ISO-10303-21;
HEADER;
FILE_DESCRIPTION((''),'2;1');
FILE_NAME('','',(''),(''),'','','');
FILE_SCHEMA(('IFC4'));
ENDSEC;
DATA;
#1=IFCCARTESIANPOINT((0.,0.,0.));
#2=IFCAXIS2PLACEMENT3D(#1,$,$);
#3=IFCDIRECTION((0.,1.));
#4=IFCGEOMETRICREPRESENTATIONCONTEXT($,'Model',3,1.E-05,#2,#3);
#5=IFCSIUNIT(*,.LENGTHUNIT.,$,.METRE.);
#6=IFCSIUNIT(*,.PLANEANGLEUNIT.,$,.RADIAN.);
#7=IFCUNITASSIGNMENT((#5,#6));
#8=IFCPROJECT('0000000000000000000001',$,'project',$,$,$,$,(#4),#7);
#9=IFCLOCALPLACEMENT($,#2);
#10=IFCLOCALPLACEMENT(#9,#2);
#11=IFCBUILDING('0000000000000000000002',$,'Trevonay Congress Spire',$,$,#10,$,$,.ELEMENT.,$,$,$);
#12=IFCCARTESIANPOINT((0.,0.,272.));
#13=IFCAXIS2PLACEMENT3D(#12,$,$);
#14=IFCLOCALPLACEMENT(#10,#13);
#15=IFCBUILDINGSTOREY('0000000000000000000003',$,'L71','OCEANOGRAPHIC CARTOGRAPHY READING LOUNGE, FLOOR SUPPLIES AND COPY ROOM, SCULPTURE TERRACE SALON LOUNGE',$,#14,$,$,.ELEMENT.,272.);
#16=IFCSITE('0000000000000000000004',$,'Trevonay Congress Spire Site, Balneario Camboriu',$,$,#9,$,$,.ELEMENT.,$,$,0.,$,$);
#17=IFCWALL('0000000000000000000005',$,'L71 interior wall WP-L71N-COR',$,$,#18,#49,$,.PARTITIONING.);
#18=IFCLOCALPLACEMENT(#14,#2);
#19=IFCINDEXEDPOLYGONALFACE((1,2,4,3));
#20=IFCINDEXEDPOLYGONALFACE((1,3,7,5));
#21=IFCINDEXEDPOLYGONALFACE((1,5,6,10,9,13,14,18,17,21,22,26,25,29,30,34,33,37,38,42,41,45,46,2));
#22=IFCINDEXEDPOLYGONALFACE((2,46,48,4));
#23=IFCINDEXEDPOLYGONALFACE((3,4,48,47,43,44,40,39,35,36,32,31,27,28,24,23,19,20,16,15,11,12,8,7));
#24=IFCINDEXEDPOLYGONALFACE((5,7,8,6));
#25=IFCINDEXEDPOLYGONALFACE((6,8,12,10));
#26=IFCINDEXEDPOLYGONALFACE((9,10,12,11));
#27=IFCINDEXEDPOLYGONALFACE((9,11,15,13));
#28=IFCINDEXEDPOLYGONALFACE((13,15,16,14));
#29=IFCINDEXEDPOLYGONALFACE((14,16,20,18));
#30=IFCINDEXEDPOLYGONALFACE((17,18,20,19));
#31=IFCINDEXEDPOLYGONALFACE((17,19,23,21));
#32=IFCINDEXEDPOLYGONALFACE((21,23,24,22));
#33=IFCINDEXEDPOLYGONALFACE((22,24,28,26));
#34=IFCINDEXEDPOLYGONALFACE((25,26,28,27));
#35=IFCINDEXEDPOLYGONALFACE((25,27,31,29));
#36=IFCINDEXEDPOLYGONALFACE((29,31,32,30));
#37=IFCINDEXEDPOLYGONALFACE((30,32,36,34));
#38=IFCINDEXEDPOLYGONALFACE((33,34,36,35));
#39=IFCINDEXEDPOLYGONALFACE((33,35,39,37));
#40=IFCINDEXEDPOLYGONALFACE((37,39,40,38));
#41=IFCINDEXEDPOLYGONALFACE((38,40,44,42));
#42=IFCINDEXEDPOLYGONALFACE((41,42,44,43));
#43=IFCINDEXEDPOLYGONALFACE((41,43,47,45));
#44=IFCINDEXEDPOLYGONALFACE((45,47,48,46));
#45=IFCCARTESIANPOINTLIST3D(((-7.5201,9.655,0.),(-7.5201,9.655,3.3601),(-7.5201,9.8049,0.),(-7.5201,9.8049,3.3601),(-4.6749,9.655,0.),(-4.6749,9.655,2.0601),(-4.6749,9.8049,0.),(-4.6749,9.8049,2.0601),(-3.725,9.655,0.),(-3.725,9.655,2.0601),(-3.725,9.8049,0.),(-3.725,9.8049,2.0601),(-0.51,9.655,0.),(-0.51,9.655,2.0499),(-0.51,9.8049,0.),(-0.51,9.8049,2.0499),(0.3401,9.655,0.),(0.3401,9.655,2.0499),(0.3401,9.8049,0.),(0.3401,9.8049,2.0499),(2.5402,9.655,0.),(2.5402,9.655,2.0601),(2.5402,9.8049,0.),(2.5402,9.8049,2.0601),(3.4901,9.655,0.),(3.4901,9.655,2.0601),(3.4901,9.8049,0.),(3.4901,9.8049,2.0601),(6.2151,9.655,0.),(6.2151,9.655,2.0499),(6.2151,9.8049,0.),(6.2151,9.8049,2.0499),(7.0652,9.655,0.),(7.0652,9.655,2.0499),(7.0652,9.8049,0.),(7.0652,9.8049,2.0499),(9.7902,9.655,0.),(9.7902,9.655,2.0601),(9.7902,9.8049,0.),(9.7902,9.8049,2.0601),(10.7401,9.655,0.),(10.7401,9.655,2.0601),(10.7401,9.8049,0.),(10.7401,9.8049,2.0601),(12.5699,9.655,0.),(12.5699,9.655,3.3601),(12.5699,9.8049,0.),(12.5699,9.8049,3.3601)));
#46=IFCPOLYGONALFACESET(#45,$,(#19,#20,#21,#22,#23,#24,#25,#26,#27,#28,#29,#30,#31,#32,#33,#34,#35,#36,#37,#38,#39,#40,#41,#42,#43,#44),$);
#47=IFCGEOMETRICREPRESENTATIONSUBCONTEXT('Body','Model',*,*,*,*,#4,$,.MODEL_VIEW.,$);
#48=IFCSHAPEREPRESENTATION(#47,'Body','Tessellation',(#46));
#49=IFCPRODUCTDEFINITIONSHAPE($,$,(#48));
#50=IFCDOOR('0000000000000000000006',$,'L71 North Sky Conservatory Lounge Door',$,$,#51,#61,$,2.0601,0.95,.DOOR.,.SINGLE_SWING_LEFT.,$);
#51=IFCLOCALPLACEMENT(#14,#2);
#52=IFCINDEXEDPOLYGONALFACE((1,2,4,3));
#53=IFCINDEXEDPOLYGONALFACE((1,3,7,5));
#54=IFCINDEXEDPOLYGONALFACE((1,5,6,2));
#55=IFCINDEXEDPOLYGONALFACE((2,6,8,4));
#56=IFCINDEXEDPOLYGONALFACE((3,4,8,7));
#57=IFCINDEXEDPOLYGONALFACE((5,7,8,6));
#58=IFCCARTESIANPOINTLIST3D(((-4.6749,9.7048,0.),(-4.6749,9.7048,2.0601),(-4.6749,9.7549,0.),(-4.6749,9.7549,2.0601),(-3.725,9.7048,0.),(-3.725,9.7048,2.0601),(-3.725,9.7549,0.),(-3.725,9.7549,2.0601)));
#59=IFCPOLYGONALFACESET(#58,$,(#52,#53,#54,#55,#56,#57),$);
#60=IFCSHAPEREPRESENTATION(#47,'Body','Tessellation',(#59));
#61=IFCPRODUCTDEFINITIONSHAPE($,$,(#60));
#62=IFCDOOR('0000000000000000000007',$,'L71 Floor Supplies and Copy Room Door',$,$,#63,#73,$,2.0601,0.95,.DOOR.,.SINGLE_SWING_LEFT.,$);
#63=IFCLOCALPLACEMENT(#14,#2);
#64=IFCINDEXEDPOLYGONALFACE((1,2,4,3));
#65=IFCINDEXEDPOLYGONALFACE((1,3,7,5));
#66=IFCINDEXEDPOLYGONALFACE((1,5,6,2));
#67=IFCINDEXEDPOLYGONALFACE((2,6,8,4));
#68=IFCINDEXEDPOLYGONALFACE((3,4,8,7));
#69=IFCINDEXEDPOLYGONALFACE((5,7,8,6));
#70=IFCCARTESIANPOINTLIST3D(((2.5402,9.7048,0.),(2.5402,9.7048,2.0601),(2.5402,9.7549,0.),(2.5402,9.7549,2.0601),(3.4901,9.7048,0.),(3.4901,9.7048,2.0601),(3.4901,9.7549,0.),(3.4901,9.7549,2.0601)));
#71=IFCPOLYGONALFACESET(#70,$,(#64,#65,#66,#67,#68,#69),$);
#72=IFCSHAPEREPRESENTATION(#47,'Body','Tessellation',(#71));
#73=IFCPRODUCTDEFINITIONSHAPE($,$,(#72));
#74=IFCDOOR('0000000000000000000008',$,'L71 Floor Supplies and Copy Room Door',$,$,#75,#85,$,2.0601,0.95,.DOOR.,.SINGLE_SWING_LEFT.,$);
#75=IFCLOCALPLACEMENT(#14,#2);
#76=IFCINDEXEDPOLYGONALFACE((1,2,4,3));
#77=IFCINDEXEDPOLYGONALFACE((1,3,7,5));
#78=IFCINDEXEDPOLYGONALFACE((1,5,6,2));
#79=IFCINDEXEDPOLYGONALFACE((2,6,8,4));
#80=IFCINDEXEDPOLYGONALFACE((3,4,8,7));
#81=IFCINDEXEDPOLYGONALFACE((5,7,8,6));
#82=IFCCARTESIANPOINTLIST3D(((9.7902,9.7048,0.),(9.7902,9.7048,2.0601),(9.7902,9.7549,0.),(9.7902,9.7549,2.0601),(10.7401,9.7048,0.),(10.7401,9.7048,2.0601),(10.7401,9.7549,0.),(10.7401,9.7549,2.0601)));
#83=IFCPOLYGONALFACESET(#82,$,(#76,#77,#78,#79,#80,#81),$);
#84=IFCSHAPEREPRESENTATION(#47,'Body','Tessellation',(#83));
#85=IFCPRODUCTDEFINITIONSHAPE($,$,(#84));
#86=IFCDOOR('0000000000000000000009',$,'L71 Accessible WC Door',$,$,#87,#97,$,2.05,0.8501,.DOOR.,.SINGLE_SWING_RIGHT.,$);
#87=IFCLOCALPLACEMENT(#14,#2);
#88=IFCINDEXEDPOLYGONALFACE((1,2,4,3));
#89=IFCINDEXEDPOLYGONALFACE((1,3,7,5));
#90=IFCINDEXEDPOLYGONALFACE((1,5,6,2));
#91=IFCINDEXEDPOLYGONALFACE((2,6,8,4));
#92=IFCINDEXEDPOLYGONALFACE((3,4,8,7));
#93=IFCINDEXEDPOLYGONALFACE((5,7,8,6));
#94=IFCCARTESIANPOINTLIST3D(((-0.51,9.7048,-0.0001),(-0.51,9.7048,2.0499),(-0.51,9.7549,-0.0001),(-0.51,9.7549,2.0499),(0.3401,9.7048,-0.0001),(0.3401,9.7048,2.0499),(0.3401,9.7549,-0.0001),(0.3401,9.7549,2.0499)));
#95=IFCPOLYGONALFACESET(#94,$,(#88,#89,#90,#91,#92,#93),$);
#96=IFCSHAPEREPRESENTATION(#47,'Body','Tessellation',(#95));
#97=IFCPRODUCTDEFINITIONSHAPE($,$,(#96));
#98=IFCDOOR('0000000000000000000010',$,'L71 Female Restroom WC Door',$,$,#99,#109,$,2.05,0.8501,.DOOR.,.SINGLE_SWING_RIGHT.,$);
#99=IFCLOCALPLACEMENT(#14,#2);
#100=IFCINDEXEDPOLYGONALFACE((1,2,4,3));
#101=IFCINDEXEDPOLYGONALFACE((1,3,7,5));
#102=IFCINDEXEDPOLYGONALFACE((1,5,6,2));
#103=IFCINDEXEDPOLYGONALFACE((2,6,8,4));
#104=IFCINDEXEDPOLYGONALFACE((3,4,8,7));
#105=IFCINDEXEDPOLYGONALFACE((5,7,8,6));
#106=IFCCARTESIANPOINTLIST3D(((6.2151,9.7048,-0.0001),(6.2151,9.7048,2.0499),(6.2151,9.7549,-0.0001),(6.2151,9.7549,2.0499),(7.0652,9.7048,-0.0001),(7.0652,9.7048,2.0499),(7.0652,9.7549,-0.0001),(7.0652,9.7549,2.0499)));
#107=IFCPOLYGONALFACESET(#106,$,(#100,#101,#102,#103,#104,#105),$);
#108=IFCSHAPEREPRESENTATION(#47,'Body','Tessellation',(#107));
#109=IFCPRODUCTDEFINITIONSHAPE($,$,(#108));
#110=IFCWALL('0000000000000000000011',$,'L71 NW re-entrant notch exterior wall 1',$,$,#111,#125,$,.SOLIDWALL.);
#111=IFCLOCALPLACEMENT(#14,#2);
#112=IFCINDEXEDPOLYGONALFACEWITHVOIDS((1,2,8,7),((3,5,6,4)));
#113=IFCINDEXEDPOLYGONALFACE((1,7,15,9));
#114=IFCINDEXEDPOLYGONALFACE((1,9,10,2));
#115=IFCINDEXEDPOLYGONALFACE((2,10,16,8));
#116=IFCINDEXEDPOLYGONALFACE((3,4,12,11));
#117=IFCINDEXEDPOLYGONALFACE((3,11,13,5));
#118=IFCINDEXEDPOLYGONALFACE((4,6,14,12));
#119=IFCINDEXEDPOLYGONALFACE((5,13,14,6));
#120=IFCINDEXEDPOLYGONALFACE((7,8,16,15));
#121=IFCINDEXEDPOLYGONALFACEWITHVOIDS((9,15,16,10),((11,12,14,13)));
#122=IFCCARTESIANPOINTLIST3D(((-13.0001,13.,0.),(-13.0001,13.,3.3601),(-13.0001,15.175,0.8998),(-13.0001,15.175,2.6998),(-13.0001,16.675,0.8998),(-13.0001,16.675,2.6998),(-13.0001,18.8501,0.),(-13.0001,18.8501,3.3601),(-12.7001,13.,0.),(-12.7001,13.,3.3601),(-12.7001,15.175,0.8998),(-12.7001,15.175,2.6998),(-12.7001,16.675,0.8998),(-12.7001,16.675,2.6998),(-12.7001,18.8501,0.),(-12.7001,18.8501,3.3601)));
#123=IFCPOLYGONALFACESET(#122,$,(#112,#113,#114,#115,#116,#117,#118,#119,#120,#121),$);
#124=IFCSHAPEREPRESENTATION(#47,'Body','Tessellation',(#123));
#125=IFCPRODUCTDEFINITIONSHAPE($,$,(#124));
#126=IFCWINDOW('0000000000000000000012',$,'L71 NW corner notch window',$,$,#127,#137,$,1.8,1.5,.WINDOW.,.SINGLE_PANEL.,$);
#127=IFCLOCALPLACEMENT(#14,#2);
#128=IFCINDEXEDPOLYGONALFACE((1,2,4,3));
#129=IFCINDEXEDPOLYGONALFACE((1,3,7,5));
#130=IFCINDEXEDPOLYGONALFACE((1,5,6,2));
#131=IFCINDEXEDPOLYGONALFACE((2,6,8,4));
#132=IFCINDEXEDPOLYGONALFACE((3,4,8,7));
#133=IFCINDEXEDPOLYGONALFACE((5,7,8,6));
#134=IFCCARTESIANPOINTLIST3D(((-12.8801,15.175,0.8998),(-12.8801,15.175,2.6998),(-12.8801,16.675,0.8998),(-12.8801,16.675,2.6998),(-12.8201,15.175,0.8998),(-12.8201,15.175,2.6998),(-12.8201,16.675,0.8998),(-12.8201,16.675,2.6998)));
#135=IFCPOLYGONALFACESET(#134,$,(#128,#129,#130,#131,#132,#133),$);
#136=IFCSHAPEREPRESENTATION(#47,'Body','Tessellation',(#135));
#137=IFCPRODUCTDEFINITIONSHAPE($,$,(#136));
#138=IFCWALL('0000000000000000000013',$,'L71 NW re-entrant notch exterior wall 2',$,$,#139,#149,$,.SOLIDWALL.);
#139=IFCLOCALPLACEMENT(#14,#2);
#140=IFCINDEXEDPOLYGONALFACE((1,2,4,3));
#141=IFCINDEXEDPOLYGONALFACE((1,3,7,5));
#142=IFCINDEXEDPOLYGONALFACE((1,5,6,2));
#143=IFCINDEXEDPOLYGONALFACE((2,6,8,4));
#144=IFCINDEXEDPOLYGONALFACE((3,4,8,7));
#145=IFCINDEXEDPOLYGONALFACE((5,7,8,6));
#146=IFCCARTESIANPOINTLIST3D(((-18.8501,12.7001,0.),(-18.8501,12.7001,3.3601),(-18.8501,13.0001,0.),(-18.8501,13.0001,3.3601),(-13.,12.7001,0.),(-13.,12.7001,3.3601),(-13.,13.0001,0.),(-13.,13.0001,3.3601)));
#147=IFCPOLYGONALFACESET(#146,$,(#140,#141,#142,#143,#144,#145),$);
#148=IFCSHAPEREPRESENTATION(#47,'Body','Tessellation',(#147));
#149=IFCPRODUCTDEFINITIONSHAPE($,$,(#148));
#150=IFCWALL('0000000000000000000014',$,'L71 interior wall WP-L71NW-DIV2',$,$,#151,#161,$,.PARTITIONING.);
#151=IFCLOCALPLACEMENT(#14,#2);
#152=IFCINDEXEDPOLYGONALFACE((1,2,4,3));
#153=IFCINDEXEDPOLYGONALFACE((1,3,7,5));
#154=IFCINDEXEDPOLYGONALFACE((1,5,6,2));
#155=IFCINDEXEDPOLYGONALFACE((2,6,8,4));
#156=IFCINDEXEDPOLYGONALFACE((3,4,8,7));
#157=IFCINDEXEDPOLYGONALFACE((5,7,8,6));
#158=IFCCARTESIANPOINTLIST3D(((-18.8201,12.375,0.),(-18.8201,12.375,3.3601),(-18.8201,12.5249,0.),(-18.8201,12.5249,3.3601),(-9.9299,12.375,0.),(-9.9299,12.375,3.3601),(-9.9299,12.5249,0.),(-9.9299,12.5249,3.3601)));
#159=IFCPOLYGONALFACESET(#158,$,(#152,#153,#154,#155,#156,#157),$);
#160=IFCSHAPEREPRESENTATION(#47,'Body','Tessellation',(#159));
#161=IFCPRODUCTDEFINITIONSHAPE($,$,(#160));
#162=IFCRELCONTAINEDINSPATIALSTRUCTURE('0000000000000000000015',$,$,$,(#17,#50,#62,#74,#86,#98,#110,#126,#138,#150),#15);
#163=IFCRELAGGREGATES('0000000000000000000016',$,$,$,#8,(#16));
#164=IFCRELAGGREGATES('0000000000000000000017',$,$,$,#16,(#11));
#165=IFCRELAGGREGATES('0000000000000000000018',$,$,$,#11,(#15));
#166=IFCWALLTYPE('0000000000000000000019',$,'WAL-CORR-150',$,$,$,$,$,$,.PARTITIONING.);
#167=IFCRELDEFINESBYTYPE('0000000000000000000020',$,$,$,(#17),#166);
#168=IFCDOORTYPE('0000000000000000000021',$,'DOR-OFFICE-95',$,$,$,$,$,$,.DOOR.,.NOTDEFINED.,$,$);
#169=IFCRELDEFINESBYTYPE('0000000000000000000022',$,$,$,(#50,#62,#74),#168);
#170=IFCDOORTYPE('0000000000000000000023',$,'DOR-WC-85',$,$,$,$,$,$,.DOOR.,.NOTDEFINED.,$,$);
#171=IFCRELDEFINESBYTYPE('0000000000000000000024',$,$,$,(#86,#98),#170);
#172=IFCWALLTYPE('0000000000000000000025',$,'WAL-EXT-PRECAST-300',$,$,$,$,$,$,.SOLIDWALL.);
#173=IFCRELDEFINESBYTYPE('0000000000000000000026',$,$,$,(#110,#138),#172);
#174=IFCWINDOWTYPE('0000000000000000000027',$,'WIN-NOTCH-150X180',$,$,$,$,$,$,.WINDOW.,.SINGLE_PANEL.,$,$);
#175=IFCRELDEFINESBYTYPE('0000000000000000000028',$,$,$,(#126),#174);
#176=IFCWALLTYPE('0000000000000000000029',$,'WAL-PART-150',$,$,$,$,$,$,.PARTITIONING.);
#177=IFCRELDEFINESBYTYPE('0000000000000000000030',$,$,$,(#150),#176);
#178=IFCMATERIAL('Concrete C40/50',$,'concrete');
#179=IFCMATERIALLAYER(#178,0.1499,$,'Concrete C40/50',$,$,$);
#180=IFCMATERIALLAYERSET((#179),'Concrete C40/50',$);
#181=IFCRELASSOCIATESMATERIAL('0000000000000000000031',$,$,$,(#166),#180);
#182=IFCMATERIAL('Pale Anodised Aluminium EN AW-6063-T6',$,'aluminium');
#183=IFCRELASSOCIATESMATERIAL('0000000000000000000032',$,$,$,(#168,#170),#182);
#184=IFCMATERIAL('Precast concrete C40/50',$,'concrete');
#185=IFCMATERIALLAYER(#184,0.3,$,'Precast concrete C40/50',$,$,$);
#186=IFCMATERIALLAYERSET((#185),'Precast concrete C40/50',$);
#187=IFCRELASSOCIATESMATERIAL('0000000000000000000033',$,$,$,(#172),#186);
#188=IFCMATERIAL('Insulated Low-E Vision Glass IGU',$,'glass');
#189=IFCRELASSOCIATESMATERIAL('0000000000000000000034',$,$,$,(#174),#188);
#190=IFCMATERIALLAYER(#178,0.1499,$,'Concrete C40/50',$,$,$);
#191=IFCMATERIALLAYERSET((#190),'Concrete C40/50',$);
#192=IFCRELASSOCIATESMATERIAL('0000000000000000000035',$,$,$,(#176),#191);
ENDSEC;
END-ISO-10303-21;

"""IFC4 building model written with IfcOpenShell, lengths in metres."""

from ifc_helpers import new_model, si_unit, direction, frame, frame_2d, origin, place, context, subcontext, project, spatial, rectangle, extrude, material, layer, layer_set, type_object, element, fill, save


model = new_model("IFC4")

# Units and contexts
model_context = context("Model", 3, precision=1e-05, world=origin(), true_north=direction((0.0, 1.0)))
body_context = subcontext(model_context, "Body", "Model", "MODEL_VIEW")
ifc_project = project(units=[si_unit("LENGTHUNIT", "METRE"), si_unit("PLANEANGLEUNIT", "RADIAN")], contexts=[model_context])

# Site, building, storey
site_placement = place(None, origin())
site = spatial("IfcSite", under=ifc_project, at=site_placement, Name="Trevonay Congress Spire Site, Balneario Camboriu", CompositionType="ELEMENT", RefElevation=0.0)
building_placement = place(site_placement, origin())
building = spatial("IfcBuilding", under=site, at=building_placement, Name="Trevonay Congress Spire", CompositionType="ELEMENT")
storey_placement = place(building_placement, frame((0.0, 0.0, 272.0)))
storey = spatial("IfcBuildingStorey", under=building, at=storey_placement, Name="L71", Description="OCEANOGRAPHIC CARTOGRAPHY READING LOUNGE, FLOOR SUPPLIES AND COPY ROOM, SCULPTURE TERRACE SALON LOUNGE", CompositionType="ELEMENT", Elevation=272.0)

# Shared definitions
ifc_material_1 = material(Name="Pale Anodised Aluminium EN AW-6063-T6", Category="aluminium")

# Shared definitions
ifc_material_2 = material(Name="Insulated Low-E Vision Glass IGU", Category="glass")

# Wall, openings, doors
ifc_material_3 = material(Name="Concrete C40/50", Category="concrete")
ifc_layer_1 = layer(ifc_material_3, 0.1499, Name="Concrete C40/50")
ifc_layer_set_1 = layer_set([ifc_layer_1], Name="Concrete C40/50")
wall_type_1 = type_object("IfcWallType", Name="WAL-CORR-150", PredefinedType="PARTITIONING", material=ifc_layer_set_1)
wall_1_placement = place(storey_placement, frame((-7.52, 9.73, 0.0), z_axis=(0.0, 0.0, 1.0), x_axis=(1.0, 0.0, 0.0)))
wall_1 = element("IfcWall", 1, at=wall_1_placement, inside=storey, type_object=wall_type_1, Name="L71 interior wall WP-L71N-COR", PredefinedType="PARTITIONING", context=body_context, shape_type="SweptSolid", body=[
    extrude(rectangle(XDim=20.0901, YDim=0.1499, at=frame_2d((10.0449, 0.0))), origin(), (0.0, 0.0, 1.0), 3.3601),
])
opening_1_placement = place(wall_1_placement, frame((2.845, 0.0, 0.0)))
opening_1 = element("IfcOpeningElement", 2, at=opening_1_placement, cuts=wall_1, PredefinedType="OPENING", context=body_context, shape_type="SweptSolid", body=[
    extrude(rectangle(XDim=0.95, YDim=2.0601, at=frame_2d((0.4751, 1.03))), frame((0.0, 0.085, 0.0), z_axis=(0.0, -1.0, 0.0), x_axis=(1.0, 0.0, 0.0)), (0.0, 0.0, 1.0), 0.1699),
])
opening_2_placement = place(wall_1_placement, frame((7.01, 0.0, 0.0)))
opening_2 = element("IfcOpeningElement", 3, at=opening_2_placement, cuts=wall_1, PredefinedType="OPENING", context=body_context, shape_type="SweptSolid", body=[
    extrude(rectangle(XDim=0.8501, YDim=2.05, at=frame_2d((0.425, 1.0249))), frame((0.0, 0.085, 0.0), z_axis=(0.0, -1.0, 0.0), x_axis=(1.0, 0.0, 0.0)), (0.0, 0.0, 1.0), 0.1699),
])
opening_3_placement = place(wall_1_placement, frame((10.0601, 0.0, 0.0)))
opening_3 = element("IfcOpeningElement", 4, at=opening_3_placement, cuts=wall_1, PredefinedType="OPENING", context=body_context, shape_type="SweptSolid", body=[
    extrude(rectangle(XDim=0.95, YDim=2.0601, at=frame_2d((0.4751, 1.03))), frame((0.0, 0.085, 0.0), z_axis=(0.0, -1.0, 0.0), x_axis=(1.0, 0.0, 0.0)), (0.0, 0.0, 1.0), 0.1699),
])
opening_4_placement = place(wall_1_placement, frame((13.7351, 0.0, 0.0)))
opening_4 = element("IfcOpeningElement", 5, at=opening_4_placement, cuts=wall_1, PredefinedType="OPENING", context=body_context, shape_type="SweptSolid", body=[
    extrude(rectangle(XDim=0.8501, YDim=2.05, at=frame_2d((0.425, 1.0249))), frame((0.0, 0.085, 0.0), z_axis=(0.0, -1.0, 0.0), x_axis=(1.0, 0.0, 0.0)), (0.0, 0.0, 1.0), 0.1699),
])
opening_5_placement = place(wall_1_placement, frame((17.3101, 0.0, 0.0)))
opening_5 = element("IfcOpeningElement", 6, at=opening_5_placement, cuts=wall_1, PredefinedType="OPENING", context=body_context, shape_type="SweptSolid", body=[
    extrude(rectangle(XDim=0.95, YDim=2.0601, at=frame_2d((0.4751, 1.03))), frame((0.0, 0.085, 0.0), z_axis=(0.0, -1.0, 0.0), x_axis=(1.0, 0.0, 0.0)), (0.0, 0.0, 1.0), 0.1699),
])
door_type_1 = type_object("IfcDoorType", Name="DOR-OFFICE-95", OperationType="NOTDEFINED", PredefinedType="DOOR", material=ifc_material_1)
door_1_placement = place(opening_1_placement, origin())
door_1 = element("IfcDoor", 7, at=door_1_placement, inside=storey, type_object=door_type_1, Name="L71 North Sky Conservatory Lounge Door", OperationType="SINGLE_SWING_LEFT", OverallHeight=2.0601, OverallWidth=0.95, PredefinedType="DOOR", context=body_context, shape_type="SweptSolid", body=[
    extrude(rectangle(XDim=0.95, YDim=2.0601, at=frame_2d((0.4751, 1.03))), frame((0.0, 0.0249, 0.0), z_axis=(0.0, -1.0, 0.0), x_axis=(1.0, 0.0, 0.0)), (0.0, 0.0, 1.0), 0.05),
])
fill(opening_1, door_1)
door_2_placement = place(opening_3_placement, origin())
door_2 = element("IfcDoor", 8, at=door_2_placement, inside=storey, type_object=door_type_1, Name="L71 Floor Supplies and Copy Room Door", OperationType="SINGLE_SWING_LEFT", OverallHeight=2.0601, OverallWidth=0.95, PredefinedType="DOOR", context=body_context, shape_type="SweptSolid", body=[
    extrude(rectangle(XDim=0.95, YDim=2.0601, at=frame_2d((0.4751, 1.03))), frame((0.0, 0.0249, 0.0), z_axis=(0.0, -1.0, 0.0), x_axis=(1.0, 0.0, 0.0)), (0.0, 0.0, 1.0), 0.05),
])
fill(opening_3, door_2)
door_3_placement = place(opening_5_placement, origin())
door_3 = element("IfcDoor", 9, at=door_3_placement, inside=storey, type_object=door_type_1, Name="L71 Floor Supplies and Copy Room Door", OperationType="SINGLE_SWING_LEFT", OverallHeight=2.0601, OverallWidth=0.95, PredefinedType="DOOR", context=body_context, shape_type="SweptSolid", body=[
    extrude(rectangle(XDim=0.95, YDim=2.0601, at=frame_2d((0.4751, 1.03))), frame((0.0, 0.0249, 0.0), z_axis=(0.0, -1.0, 0.0), x_axis=(1.0, 0.0, 0.0)), (0.0, 0.0, 1.0), 0.05),
])
fill(opening_5, door_3)
door_type_2 = type_object("IfcDoorType", Name="DOR-WC-85", OperationType="NOTDEFINED", PredefinedType="DOOR", material=ifc_material_1)
door_4_placement = place(opening_2_placement, origin())
door_4 = element("IfcDoor", 10, at=door_4_placement, inside=storey, type_object=door_type_2, Name="L71 Accessible WC Door", OperationType="SINGLE_SWING_RIGHT", OverallHeight=2.05, OverallWidth=0.8501, PredefinedType="DOOR", context=body_context, shape_type="SweptSolid", body=[
    extrude(rectangle(XDim=0.8501, YDim=2.05, at=frame_2d((0.425, 1.0249))), frame((0.0, 0.0249, 0.0), z_axis=(0.0, -1.0, 0.0), x_axis=(1.0, 0.0, 0.0)), (0.0, 0.0, 1.0), 0.05),
])
fill(opening_2, door_4)
door_5_placement = place(opening_4_placement, origin())
door_5 = element("IfcDoor", 11, at=door_5_placement, inside=storey, type_object=door_type_2, Name="L71 Female Restroom WC Door", OperationType="SINGLE_SWING_RIGHT", OverallHeight=2.05, OverallWidth=0.8501, PredefinedType="DOOR", context=body_context, shape_type="SweptSolid", body=[
    extrude(rectangle(XDim=0.8501, YDim=2.05, at=frame_2d((0.425, 1.0249))), frame((0.0, 0.0249, 0.0), z_axis=(0.0, -1.0, 0.0), x_axis=(1.0, 0.0, 0.0)), (0.0, 0.0, 1.0), 0.05),
])
fill(opening_4, door_5)

# Wall, opening, window
ifc_material_4 = material(Name="Precast concrete C40/50", Category="concrete")
ifc_layer_2 = layer(ifc_material_4, 0.3, Name="Precast concrete C40/50")
ifc_layer_set_2 = layer_set([ifc_layer_2], Name="Precast concrete C40/50")
wall_type_2 = type_object("IfcWallType", Name="WAL-EXT-PRECAST-300", PredefinedType="SOLIDWALL", material=ifc_layer_set_2)
wall_2_placement = place(storey_placement, frame((-12.8501, 18.8501, 0.0), z_axis=(0.0, 0.0, 1.0), x_axis=(0.0, -1.0, 0.0)))
wall_2 = element("IfcWall", 12, at=wall_2_placement, inside=storey, type_object=wall_type_2, Name="L71 NW re-entrant notch exterior wall 1", PredefinedType="SOLIDWALL", context=body_context, shape_type="SweptSolid", body=[
    extrude(rectangle(XDim=5.8501, YDim=0.3, at=frame_2d((2.925, 0.0))), origin(), (0.0, 0.0, 1.0), 3.3601),
])
opening_6_placement = place(wall_2_placement, frame((2.175, 0.0, 0.8999)))
opening_6 = element("IfcOpeningElement", 13, at=opening_6_placement, cuts=wall_2, PredefinedType="OPENING", context=body_context, shape_type="SweptSolid", body=[
    extrude(rectangle(XDim=1.5, YDim=1.8, at=frame_2d((0.75, 0.8999))), frame((0.0, 0.1602, 0.0), z_axis=(0.0, -1.0, 0.0), x_axis=(1.0, 0.0, 0.0)), (0.0, 0.0, 1.0), 0.3201),
])
window_type = type_object("IfcWindowType", Name="WIN-NOTCH-150X180", PartitioningType="SINGLE_PANEL", PredefinedType="WINDOW", material=ifc_material_2)
window_placement = place(opening_6_placement, origin())
window = element("IfcWindow", 14, at=window_placement, inside=storey, type_object=window_type, Name="L71 NW corner notch window", OverallHeight=1.8, OverallWidth=1.5, PartitioningType="SINGLE_PANEL", PredefinedType="WINDOW", context=body_context, shape_type="SweptSolid", body=[
    extrude(rectangle(XDim=1.5, YDim=1.8, at=frame_2d((0.75, 0.8999))), frame((0.0, 0.03, 0.0), z_axis=(0.0, -1.0, 0.0), x_axis=(1.0, 0.0, 0.0)), (0.0, 0.0, 1.0), 0.0601),
])
fill(opening_6, window)

# Walls
wall_3_placement = place(storey_placement, frame((-18.8501, 12.8501, 0.0), z_axis=(0.0, 0.0, 1.0), x_axis=(1.0, 0.0, 0.0)))
element("IfcWall", 15, at=wall_3_placement, inside=storey, type_object=wall_type_2, Name="L71 NW re-entrant notch exterior wall 2", PredefinedType="SOLIDWALL", context=body_context, shape_type="SweptSolid", body=[
    extrude(rectangle(XDim=5.8501, YDim=0.3, at=frame_2d((2.925, 0.0))), origin(), (0.0, 0.0, 1.0), 3.3601),
])
ifc_layer_3 = layer(ifc_material_3, 0.1499, Name="Concrete C40/50")
ifc_layer_set_3 = layer_set([ifc_layer_3], Name="Concrete C40/50")
wall_type_3 = type_object("IfcWallType", Name="WAL-PART-150", PredefinedType="PARTITIONING", material=ifc_layer_set_3)
wall_4_placement = place(storey_placement, frame((-18.8201, 12.45, 0.0), z_axis=(0.0, 0.0, 1.0), x_axis=(1.0, 0.0, 0.0)))
element("IfcWall", 16, at=wall_4_placement, inside=storey, type_object=wall_type_3, Name="L71 interior wall WP-L71NW-DIV2", PredefinedType="PARTITIONING", context=body_context, shape_type="SweptSolid", body=[
    extrude(rectangle(XDim=8.8901, YDim=0.1499, at=frame_2d((4.4451, 0.0))), origin(), (0.0, 0.0, 1.0), 3.3601),
])

save(model, "model.ifc")
